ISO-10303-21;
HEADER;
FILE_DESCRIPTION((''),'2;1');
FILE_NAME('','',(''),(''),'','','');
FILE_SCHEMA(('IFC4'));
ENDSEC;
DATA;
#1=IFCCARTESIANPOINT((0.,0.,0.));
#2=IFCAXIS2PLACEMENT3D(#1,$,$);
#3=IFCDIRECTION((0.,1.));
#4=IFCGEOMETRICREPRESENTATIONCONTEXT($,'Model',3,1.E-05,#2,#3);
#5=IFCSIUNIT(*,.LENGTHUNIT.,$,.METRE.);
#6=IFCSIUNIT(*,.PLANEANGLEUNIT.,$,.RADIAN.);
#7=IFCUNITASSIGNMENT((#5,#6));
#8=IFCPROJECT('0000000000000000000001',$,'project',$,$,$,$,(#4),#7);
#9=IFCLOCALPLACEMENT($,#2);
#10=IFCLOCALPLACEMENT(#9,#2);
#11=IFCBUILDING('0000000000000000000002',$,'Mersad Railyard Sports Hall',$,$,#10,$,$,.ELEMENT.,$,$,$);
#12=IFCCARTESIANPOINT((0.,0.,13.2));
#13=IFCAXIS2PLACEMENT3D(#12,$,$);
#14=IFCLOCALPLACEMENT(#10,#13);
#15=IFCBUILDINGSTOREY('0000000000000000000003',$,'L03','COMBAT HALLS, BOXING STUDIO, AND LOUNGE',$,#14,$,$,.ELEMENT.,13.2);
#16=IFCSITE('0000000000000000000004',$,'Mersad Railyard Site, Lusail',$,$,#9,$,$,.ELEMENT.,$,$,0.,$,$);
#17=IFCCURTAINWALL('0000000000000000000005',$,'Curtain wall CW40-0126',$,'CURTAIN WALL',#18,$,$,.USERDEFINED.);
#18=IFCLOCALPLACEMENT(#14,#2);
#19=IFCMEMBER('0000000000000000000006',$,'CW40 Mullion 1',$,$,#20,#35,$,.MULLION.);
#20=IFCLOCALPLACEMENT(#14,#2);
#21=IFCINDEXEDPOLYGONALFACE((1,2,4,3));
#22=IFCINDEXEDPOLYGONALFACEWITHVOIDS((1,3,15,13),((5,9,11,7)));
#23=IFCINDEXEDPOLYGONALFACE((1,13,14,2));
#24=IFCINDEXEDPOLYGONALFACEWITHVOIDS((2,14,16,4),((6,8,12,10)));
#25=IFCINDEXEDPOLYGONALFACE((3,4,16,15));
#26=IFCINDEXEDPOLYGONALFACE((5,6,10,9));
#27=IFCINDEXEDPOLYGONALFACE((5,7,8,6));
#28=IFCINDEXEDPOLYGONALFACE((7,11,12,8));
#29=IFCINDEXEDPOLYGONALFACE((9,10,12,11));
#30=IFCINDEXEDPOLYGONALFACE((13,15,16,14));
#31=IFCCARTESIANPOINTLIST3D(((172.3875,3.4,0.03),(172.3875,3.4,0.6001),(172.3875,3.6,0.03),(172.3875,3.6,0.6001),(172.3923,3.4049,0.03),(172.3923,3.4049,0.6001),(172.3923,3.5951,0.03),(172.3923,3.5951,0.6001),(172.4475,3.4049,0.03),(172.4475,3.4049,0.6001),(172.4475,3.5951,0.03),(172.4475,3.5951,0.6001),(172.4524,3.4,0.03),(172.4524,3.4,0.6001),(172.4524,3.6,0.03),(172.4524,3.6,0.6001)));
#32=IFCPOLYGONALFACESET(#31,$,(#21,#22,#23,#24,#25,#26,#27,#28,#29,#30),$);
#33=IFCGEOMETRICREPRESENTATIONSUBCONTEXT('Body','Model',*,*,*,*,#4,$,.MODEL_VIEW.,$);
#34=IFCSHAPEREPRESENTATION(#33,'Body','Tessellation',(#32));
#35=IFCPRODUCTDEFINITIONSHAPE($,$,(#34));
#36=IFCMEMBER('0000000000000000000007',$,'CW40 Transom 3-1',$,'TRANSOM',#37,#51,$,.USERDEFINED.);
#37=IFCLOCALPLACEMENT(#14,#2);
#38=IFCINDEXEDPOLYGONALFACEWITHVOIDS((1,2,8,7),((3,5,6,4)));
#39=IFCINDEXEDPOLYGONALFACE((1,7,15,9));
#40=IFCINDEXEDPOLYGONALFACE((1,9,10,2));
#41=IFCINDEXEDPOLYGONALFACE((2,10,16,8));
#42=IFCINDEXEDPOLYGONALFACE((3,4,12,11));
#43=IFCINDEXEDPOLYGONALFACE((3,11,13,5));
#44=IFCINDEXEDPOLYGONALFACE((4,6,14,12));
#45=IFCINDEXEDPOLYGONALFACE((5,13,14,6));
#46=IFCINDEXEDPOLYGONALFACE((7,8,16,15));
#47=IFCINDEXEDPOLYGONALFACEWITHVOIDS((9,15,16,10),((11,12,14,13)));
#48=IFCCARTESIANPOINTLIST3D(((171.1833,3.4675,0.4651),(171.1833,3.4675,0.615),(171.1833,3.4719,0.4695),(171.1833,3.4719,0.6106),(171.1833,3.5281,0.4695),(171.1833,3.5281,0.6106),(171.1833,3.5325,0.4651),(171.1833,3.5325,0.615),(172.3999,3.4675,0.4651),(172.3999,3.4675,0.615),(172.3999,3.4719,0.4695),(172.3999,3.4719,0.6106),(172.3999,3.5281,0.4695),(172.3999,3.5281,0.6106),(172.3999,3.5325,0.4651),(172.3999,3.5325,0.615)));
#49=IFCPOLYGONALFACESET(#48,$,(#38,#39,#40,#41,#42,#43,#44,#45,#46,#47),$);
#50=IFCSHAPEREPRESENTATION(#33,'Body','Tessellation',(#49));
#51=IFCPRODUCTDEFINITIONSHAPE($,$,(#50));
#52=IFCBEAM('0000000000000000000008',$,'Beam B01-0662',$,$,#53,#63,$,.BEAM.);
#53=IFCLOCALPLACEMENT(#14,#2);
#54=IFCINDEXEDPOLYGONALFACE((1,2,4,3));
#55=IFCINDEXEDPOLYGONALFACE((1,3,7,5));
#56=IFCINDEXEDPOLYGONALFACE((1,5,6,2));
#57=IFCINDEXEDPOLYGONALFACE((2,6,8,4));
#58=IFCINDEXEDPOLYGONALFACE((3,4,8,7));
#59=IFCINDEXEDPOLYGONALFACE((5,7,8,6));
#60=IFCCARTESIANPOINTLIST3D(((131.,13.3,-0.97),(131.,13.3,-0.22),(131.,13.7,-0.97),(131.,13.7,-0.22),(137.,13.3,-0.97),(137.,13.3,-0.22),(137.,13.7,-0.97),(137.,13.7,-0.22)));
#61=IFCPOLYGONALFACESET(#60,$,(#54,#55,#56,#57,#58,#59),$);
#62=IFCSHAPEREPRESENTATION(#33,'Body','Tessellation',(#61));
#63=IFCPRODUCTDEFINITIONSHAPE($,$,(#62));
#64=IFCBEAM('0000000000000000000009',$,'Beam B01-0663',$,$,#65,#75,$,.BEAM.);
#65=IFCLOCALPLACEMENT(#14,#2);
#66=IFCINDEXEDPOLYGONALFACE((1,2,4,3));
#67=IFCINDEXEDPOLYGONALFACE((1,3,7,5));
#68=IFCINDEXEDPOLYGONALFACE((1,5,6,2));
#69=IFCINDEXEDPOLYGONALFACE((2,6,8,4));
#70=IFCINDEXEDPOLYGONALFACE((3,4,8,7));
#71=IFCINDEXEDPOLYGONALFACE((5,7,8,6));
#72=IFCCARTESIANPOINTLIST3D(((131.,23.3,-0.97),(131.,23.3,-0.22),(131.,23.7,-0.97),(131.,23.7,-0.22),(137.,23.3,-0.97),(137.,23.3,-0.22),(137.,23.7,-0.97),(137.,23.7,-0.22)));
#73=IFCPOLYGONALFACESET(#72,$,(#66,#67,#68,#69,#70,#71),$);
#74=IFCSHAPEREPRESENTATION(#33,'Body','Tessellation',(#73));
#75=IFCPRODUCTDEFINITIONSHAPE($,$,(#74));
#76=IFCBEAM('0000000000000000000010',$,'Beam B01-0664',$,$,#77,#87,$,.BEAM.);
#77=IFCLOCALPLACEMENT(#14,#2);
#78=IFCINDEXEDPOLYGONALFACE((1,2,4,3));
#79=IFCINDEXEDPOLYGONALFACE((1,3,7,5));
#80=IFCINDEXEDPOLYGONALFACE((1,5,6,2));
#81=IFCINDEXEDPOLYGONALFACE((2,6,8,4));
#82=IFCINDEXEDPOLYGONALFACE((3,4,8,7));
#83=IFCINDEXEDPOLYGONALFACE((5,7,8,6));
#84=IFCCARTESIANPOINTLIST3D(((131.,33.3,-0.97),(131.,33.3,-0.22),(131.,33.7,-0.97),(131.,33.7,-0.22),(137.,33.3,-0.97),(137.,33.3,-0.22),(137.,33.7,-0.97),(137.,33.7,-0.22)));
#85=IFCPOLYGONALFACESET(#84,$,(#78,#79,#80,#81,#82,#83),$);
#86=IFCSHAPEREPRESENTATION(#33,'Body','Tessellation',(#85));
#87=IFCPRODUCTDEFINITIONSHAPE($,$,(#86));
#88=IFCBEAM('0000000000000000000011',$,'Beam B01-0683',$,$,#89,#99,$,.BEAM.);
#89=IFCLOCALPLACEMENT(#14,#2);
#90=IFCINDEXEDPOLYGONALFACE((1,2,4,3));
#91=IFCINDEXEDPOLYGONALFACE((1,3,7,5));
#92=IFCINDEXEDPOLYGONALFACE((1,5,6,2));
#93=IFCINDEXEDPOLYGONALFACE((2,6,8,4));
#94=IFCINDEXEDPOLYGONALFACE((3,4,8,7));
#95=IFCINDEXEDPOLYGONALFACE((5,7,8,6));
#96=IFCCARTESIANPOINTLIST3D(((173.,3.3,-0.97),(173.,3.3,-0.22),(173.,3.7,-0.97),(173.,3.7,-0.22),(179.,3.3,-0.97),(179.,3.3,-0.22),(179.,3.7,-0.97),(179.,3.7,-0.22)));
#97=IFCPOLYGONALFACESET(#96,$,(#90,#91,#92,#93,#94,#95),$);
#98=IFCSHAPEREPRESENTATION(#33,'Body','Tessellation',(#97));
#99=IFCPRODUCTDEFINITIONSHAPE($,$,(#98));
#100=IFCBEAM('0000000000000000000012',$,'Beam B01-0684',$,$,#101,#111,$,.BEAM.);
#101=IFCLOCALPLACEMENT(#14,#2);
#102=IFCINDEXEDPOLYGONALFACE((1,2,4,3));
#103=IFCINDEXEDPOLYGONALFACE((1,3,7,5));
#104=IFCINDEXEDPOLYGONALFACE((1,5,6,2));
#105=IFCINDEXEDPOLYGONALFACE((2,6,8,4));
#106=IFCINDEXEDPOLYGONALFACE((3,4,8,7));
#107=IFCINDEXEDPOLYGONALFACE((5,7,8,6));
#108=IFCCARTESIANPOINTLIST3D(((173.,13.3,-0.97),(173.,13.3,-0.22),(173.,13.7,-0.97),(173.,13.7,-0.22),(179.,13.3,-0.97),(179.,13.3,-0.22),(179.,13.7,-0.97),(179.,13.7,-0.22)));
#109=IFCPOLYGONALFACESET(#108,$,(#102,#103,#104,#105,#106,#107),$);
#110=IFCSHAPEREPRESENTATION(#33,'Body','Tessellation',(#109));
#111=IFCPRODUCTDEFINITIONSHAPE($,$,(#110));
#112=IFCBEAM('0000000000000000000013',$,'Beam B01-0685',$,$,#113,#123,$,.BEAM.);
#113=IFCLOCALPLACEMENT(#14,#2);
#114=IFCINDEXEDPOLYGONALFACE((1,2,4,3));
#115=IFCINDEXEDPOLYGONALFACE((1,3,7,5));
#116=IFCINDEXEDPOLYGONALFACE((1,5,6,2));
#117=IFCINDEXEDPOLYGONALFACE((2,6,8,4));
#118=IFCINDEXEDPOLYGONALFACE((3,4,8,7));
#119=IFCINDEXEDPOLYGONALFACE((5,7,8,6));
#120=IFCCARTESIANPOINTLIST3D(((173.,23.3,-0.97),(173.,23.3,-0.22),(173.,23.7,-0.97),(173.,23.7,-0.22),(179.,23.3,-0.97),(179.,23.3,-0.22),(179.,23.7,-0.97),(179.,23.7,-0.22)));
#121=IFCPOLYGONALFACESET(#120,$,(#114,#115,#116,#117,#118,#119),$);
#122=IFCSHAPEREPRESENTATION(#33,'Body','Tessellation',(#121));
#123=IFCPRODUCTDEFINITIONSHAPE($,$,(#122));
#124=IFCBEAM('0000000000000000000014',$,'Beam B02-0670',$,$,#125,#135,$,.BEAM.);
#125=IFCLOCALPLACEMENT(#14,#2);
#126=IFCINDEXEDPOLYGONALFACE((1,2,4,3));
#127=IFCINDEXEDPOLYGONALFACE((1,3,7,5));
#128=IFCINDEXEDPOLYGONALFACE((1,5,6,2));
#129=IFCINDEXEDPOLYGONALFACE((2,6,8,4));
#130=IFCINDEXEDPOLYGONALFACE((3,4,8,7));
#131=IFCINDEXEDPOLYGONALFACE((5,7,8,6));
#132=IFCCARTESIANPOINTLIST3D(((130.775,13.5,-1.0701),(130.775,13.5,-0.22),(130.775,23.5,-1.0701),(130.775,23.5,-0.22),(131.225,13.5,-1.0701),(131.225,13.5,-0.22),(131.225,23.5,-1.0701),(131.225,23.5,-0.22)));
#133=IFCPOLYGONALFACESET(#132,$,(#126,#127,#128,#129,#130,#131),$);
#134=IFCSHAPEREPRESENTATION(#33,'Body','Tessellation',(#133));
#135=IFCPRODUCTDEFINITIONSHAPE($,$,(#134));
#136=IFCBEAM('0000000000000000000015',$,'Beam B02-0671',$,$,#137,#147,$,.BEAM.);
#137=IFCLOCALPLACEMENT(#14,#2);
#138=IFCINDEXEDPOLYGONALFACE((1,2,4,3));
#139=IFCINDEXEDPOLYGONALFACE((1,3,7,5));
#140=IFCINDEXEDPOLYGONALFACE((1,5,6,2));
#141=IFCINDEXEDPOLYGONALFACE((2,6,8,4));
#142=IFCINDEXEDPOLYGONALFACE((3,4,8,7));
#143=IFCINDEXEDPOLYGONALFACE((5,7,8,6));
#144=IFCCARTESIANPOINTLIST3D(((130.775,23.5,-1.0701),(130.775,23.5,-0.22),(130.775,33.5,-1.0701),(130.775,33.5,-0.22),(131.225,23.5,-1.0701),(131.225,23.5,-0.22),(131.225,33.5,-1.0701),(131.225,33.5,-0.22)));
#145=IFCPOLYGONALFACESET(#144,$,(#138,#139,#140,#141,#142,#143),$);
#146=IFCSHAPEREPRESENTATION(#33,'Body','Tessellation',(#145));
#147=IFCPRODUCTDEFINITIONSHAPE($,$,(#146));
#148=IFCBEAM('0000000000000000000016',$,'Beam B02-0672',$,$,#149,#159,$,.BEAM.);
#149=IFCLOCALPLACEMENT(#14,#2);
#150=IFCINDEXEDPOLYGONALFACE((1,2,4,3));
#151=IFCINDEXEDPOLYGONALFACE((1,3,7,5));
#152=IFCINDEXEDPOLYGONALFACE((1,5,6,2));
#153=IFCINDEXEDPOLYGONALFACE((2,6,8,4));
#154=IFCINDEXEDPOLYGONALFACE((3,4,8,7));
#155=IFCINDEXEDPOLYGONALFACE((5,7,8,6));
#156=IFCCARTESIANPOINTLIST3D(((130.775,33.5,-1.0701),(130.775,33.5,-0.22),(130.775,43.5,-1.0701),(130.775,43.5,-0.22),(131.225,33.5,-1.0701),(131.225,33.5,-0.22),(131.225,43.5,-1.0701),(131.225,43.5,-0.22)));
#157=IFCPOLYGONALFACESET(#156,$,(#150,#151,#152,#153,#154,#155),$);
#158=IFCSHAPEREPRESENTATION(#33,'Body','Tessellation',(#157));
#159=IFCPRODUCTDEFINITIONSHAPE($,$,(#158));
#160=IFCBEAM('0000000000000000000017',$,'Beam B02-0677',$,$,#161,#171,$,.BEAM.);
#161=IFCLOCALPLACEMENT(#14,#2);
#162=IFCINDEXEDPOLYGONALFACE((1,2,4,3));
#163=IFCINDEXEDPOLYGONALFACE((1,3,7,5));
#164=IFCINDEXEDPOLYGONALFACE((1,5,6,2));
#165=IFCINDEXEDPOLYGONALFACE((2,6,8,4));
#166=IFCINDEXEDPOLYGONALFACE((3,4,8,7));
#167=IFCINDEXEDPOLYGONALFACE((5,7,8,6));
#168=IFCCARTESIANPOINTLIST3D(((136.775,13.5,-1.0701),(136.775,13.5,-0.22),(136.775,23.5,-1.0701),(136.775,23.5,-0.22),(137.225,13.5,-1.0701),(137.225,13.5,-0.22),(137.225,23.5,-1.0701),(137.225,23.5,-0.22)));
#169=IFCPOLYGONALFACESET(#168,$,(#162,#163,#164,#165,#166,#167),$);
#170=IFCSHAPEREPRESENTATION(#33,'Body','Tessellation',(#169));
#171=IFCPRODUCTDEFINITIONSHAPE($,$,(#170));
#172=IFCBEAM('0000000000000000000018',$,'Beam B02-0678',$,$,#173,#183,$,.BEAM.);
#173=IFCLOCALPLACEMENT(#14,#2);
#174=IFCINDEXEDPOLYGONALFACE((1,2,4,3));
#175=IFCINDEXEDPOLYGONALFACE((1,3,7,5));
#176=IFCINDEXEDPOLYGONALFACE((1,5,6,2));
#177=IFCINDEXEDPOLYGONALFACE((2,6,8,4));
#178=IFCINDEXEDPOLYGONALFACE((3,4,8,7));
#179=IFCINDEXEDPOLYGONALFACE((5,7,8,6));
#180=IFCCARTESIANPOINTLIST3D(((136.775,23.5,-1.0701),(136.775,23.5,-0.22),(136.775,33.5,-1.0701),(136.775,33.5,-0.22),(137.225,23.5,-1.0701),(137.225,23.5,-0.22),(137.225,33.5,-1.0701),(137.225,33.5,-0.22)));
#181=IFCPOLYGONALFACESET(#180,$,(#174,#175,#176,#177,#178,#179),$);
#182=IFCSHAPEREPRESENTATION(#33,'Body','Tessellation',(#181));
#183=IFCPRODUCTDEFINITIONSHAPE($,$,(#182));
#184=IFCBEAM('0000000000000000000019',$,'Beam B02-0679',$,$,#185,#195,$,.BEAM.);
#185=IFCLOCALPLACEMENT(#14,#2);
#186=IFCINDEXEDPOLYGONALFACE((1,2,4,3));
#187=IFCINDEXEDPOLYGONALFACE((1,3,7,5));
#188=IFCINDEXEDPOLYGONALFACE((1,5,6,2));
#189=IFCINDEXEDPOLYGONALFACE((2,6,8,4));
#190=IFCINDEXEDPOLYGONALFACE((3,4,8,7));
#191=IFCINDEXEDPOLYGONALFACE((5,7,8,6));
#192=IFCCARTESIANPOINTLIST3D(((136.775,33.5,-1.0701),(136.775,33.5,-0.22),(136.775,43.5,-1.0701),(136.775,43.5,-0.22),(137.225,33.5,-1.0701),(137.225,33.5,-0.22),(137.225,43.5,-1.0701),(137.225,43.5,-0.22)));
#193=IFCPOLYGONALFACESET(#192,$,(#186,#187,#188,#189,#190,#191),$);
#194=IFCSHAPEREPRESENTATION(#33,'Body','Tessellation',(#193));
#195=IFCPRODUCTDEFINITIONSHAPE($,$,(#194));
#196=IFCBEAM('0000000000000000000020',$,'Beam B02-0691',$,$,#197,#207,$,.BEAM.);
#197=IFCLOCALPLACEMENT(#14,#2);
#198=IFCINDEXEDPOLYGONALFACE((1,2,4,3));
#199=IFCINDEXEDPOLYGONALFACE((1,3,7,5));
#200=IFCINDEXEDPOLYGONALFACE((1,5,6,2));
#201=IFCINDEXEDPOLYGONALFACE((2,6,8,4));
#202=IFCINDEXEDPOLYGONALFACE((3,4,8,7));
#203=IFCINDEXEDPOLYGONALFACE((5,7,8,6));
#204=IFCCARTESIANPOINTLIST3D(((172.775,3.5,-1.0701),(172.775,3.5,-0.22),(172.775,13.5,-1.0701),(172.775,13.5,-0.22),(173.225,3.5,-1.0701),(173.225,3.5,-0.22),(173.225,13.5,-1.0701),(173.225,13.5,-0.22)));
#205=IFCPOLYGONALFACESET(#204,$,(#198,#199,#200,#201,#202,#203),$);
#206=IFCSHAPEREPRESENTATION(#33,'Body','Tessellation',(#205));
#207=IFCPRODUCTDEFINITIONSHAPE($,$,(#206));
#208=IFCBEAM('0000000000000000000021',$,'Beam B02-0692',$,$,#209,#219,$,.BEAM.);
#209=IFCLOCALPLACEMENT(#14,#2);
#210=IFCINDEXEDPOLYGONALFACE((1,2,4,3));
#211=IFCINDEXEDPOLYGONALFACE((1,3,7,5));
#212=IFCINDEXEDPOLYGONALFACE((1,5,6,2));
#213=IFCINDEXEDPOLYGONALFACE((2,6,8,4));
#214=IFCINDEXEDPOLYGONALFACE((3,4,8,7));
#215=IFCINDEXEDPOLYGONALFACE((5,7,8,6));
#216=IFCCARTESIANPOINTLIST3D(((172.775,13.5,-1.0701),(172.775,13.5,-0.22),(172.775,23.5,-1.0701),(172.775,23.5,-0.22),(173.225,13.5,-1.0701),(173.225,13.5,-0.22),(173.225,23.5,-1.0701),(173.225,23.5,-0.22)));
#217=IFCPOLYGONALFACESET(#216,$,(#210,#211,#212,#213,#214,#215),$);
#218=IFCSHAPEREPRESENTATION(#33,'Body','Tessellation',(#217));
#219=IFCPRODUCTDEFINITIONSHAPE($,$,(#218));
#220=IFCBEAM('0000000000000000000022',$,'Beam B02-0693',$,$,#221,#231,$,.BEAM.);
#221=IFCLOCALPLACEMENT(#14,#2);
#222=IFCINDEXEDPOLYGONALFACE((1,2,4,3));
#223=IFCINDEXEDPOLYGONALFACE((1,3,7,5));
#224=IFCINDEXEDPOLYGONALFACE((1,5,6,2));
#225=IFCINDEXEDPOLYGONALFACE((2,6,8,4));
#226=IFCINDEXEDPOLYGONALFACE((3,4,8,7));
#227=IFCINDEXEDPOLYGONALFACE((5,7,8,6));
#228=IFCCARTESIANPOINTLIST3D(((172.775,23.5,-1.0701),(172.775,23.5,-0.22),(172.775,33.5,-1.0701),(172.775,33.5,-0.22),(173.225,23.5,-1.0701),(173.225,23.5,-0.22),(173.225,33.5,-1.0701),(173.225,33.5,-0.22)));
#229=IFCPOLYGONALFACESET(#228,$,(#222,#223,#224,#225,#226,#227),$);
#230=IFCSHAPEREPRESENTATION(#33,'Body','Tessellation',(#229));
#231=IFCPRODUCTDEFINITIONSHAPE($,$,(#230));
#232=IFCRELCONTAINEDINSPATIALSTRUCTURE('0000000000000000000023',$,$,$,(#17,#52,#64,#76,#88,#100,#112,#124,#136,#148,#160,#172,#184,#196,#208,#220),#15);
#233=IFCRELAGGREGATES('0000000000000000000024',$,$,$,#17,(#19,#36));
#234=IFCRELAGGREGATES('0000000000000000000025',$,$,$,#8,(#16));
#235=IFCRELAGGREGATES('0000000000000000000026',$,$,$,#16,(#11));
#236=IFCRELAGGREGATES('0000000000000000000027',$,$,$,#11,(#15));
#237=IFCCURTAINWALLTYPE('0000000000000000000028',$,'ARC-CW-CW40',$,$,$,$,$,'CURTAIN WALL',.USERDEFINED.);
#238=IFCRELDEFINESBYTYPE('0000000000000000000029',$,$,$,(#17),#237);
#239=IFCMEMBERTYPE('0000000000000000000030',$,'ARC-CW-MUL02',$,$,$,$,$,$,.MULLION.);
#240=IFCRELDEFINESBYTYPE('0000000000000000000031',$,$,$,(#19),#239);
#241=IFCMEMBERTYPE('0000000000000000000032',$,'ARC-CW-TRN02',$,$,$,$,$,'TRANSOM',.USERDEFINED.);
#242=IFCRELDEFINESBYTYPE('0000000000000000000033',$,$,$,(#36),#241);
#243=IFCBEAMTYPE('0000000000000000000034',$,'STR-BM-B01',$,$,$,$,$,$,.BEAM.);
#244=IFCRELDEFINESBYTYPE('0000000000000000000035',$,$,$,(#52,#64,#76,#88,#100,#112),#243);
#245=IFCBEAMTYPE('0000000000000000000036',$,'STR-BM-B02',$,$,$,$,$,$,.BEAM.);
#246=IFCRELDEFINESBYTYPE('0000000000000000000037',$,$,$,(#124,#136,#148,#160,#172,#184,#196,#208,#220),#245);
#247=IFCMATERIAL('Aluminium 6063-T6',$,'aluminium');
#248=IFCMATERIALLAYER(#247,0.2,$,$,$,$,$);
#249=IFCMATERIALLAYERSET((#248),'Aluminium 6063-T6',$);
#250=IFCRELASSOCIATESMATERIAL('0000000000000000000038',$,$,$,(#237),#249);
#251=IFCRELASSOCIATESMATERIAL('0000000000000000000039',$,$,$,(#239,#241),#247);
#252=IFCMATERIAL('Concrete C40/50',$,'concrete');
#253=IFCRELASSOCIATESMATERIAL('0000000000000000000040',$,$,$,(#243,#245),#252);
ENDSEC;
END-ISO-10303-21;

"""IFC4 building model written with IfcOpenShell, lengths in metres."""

from ifc_helpers import new_model, si_unit, direction, frame, origin, origin_2d, place, context, subcontext, project, spatial, rectangle, hollow_rectangle, extrude, material, layer, layer_set, material_profile, profile_set, type_object, element, aggregate, save


model = new_model("IFC4")

# Units and contexts
model_context = context("Model", 3, precision=1e-05, world=origin(), true_north=direction((0.0, 1.0)))
body_context = subcontext(model_context, "Body", "Model", "MODEL_VIEW")
ifc_project = project(units=[si_unit("LENGTHUNIT", "METRE"), si_unit("PLANEANGLEUNIT", "RADIAN")], contexts=[model_context])

# Site, building, storey
site_placement = place(None, origin())
site = spatial("IfcSite", under=ifc_project, at=site_placement, Name="Mersad Railyard Site, Lusail", CompositionType="ELEMENT", RefElevation=0.0)
building_placement = place(site_placement, origin())
building = spatial("IfcBuilding", under=site, at=building_placement, Name="Mersad Railyard Sports Hall", CompositionType="ELEMENT")
storey_placement = place(building_placement, frame((0.0, 0.0, 13.2)))
storey = spatial("IfcBuildingStorey", under=building, at=storey_placement, Name="L03", Description="COMBAT HALLS, BOXING STUDIO, AND LOUNGE", CompositionType="ELEMENT", Elevation=13.2)

# Curtain wall, members
ifc_material_1 = material(Name="Aluminium 6063-T6", Category="aluminium")
ifc_layer_1 = layer(ifc_material_1, 0.2)
ifc_layer_set_1 = layer_set([ifc_layer_1], Name="Aluminium 6063-T6")
curtain_wall_type = type_object("IfcCurtainWallType", Name="ARC-CW-CW40", ElementType="CURTAIN WALL", PredefinedType="USERDEFINED", material=ifc_layer_set_1)
curtain_wall_placement = place(storey_placement, origin())
curtain_wall = element("IfcCurtainWall", 1, at=curtain_wall_placement, inside=storey, type_object=curtain_wall_type, Name="Curtain wall CW40-0126", ObjectType="CURTAIN WALL", PredefinedType="USERDEFINED")
ifc_material_profile_1 = material_profile(ifc_material_1, hollow_rectangle(XDim=0.0649, YDim=0.2, WallThickness=0.0049, at=origin_2d()), Name="AL MULLION 65x200x5")
ifc_profile_set_1 = profile_set([ifc_material_profile_1], Name="Aluminium 6063-T6")
member_type_1 = type_object("IfcMemberType", Name="ARC-CW-MUL02", PredefinedType="MULLION", material=ifc_profile_set_1)
member_1_placement = place(storey_placement, frame((172.4199, 3.5, 0.03), z_axis=(0.0, 0.0, 1.0), x_axis=(1.0, 0.0, 0.0)))
member_1 = element("IfcMember", 2, at=member_1_placement, type_object=member_type_1, Name="CW40 Mullion 1", PredefinedType="MULLION", context=body_context, shape_type="SweptSolid", body=[
    extrude(hollow_rectangle(XDim=0.0649, YDim=0.2, WallThickness=0.0049, at=origin_2d()), origin(), (0.0, 0.0, 1.0), 0.5701),
])
ifc_material_profile_2 = material_profile(ifc_material_1, hollow_rectangle(XDim=0.0649, YDim=0.1499, WallThickness=0.0044, at=origin_2d()), Name="AL TRANSOM 65x150x4.5")
ifc_profile_set_2 = profile_set([ifc_material_profile_2], Name="Aluminium 6063-T6")
member_type_2 = type_object("IfcMemberType", Name="ARC-CW-TRN02", ElementType="TRANSOM", PredefinedType="USERDEFINED", material=ifc_profile_set_2)
member_2_placement = place(storey_placement, frame((172.3999, 3.5, 0.54), z_axis=(-1.0, 0.0, 0.0), x_axis=(0.0, -1.0, 0.0)))
member_2 = element("IfcMember", 3, at=member_2_placement, type_object=member_type_2, Name="CW40 Transom 3-1", ObjectType="TRANSOM", PredefinedType="USERDEFINED", context=body_context, shape_type="SweptSolid", body=[
    extrude(hollow_rectangle(XDim=0.0649, YDim=0.1499, WallThickness=0.0044, at=origin_2d()), origin(), (0.0, 0.0, 1.0), 1.2166),
])
aggregate(curtain_wall, [member_1, member_2])

# Beams
ifc_material_2 = material(Name="Concrete C40/50", Category="concrete")
ifc_material_profile_3 = material_profile(ifc_material_2, rectangle(XDim=0.3999, YDim=0.75, at=origin_2d()), Name="RC 400x750")
ifc_profile_set_3 = profile_set([ifc_material_profile_3], Name="Concrete C40/50")
beam_type_1 = type_object("IfcBeamType", Name="STR-BM-B01", PredefinedType="BEAM", material=ifc_profile_set_3)
for number, where, z_axis, x_axis, name in (
    (4, (131.0, 13.5, -0.595), (1.0, 0.0, 0.0), (0.0, 1.0, 0.0), "Beam B01-0662"),
    (5, (131.0, 23.5, -0.595), (1.0, 0.0, 0.0), (0.0, 1.0, 0.0), "Beam B01-0663"),
    (6, (131.0, 33.5, -0.595), (1.0, 0.0, 0.0), (0.0, 1.0, 0.0), "Beam B01-0664"),
    (7, (173.0, 3.5, -0.595), (1.0, 0.0, 0.0), (0.0, 1.0, 0.0), "Beam B01-0683"),
    (8, (173.0, 13.5, -0.595), (1.0, 0.0, 0.0), (0.0, 1.0, 0.0), "Beam B01-0684"),
    (9, (173.0, 23.5, -0.595), (1.0, 0.0, 0.0), (0.0, 1.0, 0.0), "Beam B01-0685"),
):
    element("IfcBeam", number, at=place(storey_placement, frame(where, z_axis=z_axis, x_axis=x_axis)), inside=storey, type_object=beam_type_1, Name=name, PredefinedType="BEAM", context=body_context, shape_type="SweptSolid", body=[
        extrude(rectangle(XDim=0.3999, YDim=0.75, at=origin_2d()), origin(), (0.0, 0.0, 1.0), 6.0),
    ])
ifc_material_profile_4 = material_profile(ifc_material_2, rectangle(XDim=0.45, YDim=0.8501, at=origin_2d()), Name="RC 450x850")
ifc_profile_set_4 = profile_set([ifc_material_profile_4], Name="Concrete C40/50")
beam_type_2 = type_object("IfcBeamType", Name="STR-BM-B02", PredefinedType="BEAM", material=ifc_profile_set_4)
for number, where, z_axis, x_axis, name in (
    (10, (131.0, 13.5, -0.645), (0.0, 1.0, 0.0), (-1.0, 0.0, 0.0), "Beam B02-0670"),
    (11, (131.0, 23.5, -0.645), (0.0, 1.0, 0.0), (-1.0, 0.0, 0.0), "Beam B02-0671"),
    (12, (131.0, 33.5, -0.645), (0.0, 1.0, 0.0), (-1.0, 0.0, 0.0), "Beam B02-0672"),
    (13, (137.0, 13.5, -0.645), (0.0, 1.0, 0.0), (-1.0, 0.0, 0.0), "Beam B02-0677"),
    (14, (137.0, 23.5, -0.645), (0.0, 1.0, 0.0), (-1.0, 0.0, 0.0), "Beam B02-0678"),
    (15, (137.0, 33.5, -0.645), (0.0, 1.0, 0.0), (-1.0, 0.0, 0.0), "Beam B02-0679"),
    (16, (173.0, 3.5, -0.645), (0.0, 1.0, 0.0), (-1.0, 0.0, 0.0), "Beam B02-0691"),
    (17, (173.0, 13.5, -0.645), (0.0, 1.0, 0.0), (-1.0, 0.0, 0.0), "Beam B02-0692"),
    (18, (173.0, 23.5, -0.645), (0.0, 1.0, 0.0), (-1.0, 0.0, 0.0), "Beam B02-0693"),
):
    element("IfcBeam", number, at=place(storey_placement, frame(where, z_axis=z_axis, x_axis=x_axis)), inside=storey, type_object=beam_type_2, Name=name, PredefinedType="BEAM", context=body_context, shape_type="SweptSolid", body=[
        extrude(rectangle(XDim=0.45, YDim=0.8501, at=origin_2d()), origin(), (0.0, 0.0, 1.0), 10.0),
    ])

save(model, "model.ifc")
